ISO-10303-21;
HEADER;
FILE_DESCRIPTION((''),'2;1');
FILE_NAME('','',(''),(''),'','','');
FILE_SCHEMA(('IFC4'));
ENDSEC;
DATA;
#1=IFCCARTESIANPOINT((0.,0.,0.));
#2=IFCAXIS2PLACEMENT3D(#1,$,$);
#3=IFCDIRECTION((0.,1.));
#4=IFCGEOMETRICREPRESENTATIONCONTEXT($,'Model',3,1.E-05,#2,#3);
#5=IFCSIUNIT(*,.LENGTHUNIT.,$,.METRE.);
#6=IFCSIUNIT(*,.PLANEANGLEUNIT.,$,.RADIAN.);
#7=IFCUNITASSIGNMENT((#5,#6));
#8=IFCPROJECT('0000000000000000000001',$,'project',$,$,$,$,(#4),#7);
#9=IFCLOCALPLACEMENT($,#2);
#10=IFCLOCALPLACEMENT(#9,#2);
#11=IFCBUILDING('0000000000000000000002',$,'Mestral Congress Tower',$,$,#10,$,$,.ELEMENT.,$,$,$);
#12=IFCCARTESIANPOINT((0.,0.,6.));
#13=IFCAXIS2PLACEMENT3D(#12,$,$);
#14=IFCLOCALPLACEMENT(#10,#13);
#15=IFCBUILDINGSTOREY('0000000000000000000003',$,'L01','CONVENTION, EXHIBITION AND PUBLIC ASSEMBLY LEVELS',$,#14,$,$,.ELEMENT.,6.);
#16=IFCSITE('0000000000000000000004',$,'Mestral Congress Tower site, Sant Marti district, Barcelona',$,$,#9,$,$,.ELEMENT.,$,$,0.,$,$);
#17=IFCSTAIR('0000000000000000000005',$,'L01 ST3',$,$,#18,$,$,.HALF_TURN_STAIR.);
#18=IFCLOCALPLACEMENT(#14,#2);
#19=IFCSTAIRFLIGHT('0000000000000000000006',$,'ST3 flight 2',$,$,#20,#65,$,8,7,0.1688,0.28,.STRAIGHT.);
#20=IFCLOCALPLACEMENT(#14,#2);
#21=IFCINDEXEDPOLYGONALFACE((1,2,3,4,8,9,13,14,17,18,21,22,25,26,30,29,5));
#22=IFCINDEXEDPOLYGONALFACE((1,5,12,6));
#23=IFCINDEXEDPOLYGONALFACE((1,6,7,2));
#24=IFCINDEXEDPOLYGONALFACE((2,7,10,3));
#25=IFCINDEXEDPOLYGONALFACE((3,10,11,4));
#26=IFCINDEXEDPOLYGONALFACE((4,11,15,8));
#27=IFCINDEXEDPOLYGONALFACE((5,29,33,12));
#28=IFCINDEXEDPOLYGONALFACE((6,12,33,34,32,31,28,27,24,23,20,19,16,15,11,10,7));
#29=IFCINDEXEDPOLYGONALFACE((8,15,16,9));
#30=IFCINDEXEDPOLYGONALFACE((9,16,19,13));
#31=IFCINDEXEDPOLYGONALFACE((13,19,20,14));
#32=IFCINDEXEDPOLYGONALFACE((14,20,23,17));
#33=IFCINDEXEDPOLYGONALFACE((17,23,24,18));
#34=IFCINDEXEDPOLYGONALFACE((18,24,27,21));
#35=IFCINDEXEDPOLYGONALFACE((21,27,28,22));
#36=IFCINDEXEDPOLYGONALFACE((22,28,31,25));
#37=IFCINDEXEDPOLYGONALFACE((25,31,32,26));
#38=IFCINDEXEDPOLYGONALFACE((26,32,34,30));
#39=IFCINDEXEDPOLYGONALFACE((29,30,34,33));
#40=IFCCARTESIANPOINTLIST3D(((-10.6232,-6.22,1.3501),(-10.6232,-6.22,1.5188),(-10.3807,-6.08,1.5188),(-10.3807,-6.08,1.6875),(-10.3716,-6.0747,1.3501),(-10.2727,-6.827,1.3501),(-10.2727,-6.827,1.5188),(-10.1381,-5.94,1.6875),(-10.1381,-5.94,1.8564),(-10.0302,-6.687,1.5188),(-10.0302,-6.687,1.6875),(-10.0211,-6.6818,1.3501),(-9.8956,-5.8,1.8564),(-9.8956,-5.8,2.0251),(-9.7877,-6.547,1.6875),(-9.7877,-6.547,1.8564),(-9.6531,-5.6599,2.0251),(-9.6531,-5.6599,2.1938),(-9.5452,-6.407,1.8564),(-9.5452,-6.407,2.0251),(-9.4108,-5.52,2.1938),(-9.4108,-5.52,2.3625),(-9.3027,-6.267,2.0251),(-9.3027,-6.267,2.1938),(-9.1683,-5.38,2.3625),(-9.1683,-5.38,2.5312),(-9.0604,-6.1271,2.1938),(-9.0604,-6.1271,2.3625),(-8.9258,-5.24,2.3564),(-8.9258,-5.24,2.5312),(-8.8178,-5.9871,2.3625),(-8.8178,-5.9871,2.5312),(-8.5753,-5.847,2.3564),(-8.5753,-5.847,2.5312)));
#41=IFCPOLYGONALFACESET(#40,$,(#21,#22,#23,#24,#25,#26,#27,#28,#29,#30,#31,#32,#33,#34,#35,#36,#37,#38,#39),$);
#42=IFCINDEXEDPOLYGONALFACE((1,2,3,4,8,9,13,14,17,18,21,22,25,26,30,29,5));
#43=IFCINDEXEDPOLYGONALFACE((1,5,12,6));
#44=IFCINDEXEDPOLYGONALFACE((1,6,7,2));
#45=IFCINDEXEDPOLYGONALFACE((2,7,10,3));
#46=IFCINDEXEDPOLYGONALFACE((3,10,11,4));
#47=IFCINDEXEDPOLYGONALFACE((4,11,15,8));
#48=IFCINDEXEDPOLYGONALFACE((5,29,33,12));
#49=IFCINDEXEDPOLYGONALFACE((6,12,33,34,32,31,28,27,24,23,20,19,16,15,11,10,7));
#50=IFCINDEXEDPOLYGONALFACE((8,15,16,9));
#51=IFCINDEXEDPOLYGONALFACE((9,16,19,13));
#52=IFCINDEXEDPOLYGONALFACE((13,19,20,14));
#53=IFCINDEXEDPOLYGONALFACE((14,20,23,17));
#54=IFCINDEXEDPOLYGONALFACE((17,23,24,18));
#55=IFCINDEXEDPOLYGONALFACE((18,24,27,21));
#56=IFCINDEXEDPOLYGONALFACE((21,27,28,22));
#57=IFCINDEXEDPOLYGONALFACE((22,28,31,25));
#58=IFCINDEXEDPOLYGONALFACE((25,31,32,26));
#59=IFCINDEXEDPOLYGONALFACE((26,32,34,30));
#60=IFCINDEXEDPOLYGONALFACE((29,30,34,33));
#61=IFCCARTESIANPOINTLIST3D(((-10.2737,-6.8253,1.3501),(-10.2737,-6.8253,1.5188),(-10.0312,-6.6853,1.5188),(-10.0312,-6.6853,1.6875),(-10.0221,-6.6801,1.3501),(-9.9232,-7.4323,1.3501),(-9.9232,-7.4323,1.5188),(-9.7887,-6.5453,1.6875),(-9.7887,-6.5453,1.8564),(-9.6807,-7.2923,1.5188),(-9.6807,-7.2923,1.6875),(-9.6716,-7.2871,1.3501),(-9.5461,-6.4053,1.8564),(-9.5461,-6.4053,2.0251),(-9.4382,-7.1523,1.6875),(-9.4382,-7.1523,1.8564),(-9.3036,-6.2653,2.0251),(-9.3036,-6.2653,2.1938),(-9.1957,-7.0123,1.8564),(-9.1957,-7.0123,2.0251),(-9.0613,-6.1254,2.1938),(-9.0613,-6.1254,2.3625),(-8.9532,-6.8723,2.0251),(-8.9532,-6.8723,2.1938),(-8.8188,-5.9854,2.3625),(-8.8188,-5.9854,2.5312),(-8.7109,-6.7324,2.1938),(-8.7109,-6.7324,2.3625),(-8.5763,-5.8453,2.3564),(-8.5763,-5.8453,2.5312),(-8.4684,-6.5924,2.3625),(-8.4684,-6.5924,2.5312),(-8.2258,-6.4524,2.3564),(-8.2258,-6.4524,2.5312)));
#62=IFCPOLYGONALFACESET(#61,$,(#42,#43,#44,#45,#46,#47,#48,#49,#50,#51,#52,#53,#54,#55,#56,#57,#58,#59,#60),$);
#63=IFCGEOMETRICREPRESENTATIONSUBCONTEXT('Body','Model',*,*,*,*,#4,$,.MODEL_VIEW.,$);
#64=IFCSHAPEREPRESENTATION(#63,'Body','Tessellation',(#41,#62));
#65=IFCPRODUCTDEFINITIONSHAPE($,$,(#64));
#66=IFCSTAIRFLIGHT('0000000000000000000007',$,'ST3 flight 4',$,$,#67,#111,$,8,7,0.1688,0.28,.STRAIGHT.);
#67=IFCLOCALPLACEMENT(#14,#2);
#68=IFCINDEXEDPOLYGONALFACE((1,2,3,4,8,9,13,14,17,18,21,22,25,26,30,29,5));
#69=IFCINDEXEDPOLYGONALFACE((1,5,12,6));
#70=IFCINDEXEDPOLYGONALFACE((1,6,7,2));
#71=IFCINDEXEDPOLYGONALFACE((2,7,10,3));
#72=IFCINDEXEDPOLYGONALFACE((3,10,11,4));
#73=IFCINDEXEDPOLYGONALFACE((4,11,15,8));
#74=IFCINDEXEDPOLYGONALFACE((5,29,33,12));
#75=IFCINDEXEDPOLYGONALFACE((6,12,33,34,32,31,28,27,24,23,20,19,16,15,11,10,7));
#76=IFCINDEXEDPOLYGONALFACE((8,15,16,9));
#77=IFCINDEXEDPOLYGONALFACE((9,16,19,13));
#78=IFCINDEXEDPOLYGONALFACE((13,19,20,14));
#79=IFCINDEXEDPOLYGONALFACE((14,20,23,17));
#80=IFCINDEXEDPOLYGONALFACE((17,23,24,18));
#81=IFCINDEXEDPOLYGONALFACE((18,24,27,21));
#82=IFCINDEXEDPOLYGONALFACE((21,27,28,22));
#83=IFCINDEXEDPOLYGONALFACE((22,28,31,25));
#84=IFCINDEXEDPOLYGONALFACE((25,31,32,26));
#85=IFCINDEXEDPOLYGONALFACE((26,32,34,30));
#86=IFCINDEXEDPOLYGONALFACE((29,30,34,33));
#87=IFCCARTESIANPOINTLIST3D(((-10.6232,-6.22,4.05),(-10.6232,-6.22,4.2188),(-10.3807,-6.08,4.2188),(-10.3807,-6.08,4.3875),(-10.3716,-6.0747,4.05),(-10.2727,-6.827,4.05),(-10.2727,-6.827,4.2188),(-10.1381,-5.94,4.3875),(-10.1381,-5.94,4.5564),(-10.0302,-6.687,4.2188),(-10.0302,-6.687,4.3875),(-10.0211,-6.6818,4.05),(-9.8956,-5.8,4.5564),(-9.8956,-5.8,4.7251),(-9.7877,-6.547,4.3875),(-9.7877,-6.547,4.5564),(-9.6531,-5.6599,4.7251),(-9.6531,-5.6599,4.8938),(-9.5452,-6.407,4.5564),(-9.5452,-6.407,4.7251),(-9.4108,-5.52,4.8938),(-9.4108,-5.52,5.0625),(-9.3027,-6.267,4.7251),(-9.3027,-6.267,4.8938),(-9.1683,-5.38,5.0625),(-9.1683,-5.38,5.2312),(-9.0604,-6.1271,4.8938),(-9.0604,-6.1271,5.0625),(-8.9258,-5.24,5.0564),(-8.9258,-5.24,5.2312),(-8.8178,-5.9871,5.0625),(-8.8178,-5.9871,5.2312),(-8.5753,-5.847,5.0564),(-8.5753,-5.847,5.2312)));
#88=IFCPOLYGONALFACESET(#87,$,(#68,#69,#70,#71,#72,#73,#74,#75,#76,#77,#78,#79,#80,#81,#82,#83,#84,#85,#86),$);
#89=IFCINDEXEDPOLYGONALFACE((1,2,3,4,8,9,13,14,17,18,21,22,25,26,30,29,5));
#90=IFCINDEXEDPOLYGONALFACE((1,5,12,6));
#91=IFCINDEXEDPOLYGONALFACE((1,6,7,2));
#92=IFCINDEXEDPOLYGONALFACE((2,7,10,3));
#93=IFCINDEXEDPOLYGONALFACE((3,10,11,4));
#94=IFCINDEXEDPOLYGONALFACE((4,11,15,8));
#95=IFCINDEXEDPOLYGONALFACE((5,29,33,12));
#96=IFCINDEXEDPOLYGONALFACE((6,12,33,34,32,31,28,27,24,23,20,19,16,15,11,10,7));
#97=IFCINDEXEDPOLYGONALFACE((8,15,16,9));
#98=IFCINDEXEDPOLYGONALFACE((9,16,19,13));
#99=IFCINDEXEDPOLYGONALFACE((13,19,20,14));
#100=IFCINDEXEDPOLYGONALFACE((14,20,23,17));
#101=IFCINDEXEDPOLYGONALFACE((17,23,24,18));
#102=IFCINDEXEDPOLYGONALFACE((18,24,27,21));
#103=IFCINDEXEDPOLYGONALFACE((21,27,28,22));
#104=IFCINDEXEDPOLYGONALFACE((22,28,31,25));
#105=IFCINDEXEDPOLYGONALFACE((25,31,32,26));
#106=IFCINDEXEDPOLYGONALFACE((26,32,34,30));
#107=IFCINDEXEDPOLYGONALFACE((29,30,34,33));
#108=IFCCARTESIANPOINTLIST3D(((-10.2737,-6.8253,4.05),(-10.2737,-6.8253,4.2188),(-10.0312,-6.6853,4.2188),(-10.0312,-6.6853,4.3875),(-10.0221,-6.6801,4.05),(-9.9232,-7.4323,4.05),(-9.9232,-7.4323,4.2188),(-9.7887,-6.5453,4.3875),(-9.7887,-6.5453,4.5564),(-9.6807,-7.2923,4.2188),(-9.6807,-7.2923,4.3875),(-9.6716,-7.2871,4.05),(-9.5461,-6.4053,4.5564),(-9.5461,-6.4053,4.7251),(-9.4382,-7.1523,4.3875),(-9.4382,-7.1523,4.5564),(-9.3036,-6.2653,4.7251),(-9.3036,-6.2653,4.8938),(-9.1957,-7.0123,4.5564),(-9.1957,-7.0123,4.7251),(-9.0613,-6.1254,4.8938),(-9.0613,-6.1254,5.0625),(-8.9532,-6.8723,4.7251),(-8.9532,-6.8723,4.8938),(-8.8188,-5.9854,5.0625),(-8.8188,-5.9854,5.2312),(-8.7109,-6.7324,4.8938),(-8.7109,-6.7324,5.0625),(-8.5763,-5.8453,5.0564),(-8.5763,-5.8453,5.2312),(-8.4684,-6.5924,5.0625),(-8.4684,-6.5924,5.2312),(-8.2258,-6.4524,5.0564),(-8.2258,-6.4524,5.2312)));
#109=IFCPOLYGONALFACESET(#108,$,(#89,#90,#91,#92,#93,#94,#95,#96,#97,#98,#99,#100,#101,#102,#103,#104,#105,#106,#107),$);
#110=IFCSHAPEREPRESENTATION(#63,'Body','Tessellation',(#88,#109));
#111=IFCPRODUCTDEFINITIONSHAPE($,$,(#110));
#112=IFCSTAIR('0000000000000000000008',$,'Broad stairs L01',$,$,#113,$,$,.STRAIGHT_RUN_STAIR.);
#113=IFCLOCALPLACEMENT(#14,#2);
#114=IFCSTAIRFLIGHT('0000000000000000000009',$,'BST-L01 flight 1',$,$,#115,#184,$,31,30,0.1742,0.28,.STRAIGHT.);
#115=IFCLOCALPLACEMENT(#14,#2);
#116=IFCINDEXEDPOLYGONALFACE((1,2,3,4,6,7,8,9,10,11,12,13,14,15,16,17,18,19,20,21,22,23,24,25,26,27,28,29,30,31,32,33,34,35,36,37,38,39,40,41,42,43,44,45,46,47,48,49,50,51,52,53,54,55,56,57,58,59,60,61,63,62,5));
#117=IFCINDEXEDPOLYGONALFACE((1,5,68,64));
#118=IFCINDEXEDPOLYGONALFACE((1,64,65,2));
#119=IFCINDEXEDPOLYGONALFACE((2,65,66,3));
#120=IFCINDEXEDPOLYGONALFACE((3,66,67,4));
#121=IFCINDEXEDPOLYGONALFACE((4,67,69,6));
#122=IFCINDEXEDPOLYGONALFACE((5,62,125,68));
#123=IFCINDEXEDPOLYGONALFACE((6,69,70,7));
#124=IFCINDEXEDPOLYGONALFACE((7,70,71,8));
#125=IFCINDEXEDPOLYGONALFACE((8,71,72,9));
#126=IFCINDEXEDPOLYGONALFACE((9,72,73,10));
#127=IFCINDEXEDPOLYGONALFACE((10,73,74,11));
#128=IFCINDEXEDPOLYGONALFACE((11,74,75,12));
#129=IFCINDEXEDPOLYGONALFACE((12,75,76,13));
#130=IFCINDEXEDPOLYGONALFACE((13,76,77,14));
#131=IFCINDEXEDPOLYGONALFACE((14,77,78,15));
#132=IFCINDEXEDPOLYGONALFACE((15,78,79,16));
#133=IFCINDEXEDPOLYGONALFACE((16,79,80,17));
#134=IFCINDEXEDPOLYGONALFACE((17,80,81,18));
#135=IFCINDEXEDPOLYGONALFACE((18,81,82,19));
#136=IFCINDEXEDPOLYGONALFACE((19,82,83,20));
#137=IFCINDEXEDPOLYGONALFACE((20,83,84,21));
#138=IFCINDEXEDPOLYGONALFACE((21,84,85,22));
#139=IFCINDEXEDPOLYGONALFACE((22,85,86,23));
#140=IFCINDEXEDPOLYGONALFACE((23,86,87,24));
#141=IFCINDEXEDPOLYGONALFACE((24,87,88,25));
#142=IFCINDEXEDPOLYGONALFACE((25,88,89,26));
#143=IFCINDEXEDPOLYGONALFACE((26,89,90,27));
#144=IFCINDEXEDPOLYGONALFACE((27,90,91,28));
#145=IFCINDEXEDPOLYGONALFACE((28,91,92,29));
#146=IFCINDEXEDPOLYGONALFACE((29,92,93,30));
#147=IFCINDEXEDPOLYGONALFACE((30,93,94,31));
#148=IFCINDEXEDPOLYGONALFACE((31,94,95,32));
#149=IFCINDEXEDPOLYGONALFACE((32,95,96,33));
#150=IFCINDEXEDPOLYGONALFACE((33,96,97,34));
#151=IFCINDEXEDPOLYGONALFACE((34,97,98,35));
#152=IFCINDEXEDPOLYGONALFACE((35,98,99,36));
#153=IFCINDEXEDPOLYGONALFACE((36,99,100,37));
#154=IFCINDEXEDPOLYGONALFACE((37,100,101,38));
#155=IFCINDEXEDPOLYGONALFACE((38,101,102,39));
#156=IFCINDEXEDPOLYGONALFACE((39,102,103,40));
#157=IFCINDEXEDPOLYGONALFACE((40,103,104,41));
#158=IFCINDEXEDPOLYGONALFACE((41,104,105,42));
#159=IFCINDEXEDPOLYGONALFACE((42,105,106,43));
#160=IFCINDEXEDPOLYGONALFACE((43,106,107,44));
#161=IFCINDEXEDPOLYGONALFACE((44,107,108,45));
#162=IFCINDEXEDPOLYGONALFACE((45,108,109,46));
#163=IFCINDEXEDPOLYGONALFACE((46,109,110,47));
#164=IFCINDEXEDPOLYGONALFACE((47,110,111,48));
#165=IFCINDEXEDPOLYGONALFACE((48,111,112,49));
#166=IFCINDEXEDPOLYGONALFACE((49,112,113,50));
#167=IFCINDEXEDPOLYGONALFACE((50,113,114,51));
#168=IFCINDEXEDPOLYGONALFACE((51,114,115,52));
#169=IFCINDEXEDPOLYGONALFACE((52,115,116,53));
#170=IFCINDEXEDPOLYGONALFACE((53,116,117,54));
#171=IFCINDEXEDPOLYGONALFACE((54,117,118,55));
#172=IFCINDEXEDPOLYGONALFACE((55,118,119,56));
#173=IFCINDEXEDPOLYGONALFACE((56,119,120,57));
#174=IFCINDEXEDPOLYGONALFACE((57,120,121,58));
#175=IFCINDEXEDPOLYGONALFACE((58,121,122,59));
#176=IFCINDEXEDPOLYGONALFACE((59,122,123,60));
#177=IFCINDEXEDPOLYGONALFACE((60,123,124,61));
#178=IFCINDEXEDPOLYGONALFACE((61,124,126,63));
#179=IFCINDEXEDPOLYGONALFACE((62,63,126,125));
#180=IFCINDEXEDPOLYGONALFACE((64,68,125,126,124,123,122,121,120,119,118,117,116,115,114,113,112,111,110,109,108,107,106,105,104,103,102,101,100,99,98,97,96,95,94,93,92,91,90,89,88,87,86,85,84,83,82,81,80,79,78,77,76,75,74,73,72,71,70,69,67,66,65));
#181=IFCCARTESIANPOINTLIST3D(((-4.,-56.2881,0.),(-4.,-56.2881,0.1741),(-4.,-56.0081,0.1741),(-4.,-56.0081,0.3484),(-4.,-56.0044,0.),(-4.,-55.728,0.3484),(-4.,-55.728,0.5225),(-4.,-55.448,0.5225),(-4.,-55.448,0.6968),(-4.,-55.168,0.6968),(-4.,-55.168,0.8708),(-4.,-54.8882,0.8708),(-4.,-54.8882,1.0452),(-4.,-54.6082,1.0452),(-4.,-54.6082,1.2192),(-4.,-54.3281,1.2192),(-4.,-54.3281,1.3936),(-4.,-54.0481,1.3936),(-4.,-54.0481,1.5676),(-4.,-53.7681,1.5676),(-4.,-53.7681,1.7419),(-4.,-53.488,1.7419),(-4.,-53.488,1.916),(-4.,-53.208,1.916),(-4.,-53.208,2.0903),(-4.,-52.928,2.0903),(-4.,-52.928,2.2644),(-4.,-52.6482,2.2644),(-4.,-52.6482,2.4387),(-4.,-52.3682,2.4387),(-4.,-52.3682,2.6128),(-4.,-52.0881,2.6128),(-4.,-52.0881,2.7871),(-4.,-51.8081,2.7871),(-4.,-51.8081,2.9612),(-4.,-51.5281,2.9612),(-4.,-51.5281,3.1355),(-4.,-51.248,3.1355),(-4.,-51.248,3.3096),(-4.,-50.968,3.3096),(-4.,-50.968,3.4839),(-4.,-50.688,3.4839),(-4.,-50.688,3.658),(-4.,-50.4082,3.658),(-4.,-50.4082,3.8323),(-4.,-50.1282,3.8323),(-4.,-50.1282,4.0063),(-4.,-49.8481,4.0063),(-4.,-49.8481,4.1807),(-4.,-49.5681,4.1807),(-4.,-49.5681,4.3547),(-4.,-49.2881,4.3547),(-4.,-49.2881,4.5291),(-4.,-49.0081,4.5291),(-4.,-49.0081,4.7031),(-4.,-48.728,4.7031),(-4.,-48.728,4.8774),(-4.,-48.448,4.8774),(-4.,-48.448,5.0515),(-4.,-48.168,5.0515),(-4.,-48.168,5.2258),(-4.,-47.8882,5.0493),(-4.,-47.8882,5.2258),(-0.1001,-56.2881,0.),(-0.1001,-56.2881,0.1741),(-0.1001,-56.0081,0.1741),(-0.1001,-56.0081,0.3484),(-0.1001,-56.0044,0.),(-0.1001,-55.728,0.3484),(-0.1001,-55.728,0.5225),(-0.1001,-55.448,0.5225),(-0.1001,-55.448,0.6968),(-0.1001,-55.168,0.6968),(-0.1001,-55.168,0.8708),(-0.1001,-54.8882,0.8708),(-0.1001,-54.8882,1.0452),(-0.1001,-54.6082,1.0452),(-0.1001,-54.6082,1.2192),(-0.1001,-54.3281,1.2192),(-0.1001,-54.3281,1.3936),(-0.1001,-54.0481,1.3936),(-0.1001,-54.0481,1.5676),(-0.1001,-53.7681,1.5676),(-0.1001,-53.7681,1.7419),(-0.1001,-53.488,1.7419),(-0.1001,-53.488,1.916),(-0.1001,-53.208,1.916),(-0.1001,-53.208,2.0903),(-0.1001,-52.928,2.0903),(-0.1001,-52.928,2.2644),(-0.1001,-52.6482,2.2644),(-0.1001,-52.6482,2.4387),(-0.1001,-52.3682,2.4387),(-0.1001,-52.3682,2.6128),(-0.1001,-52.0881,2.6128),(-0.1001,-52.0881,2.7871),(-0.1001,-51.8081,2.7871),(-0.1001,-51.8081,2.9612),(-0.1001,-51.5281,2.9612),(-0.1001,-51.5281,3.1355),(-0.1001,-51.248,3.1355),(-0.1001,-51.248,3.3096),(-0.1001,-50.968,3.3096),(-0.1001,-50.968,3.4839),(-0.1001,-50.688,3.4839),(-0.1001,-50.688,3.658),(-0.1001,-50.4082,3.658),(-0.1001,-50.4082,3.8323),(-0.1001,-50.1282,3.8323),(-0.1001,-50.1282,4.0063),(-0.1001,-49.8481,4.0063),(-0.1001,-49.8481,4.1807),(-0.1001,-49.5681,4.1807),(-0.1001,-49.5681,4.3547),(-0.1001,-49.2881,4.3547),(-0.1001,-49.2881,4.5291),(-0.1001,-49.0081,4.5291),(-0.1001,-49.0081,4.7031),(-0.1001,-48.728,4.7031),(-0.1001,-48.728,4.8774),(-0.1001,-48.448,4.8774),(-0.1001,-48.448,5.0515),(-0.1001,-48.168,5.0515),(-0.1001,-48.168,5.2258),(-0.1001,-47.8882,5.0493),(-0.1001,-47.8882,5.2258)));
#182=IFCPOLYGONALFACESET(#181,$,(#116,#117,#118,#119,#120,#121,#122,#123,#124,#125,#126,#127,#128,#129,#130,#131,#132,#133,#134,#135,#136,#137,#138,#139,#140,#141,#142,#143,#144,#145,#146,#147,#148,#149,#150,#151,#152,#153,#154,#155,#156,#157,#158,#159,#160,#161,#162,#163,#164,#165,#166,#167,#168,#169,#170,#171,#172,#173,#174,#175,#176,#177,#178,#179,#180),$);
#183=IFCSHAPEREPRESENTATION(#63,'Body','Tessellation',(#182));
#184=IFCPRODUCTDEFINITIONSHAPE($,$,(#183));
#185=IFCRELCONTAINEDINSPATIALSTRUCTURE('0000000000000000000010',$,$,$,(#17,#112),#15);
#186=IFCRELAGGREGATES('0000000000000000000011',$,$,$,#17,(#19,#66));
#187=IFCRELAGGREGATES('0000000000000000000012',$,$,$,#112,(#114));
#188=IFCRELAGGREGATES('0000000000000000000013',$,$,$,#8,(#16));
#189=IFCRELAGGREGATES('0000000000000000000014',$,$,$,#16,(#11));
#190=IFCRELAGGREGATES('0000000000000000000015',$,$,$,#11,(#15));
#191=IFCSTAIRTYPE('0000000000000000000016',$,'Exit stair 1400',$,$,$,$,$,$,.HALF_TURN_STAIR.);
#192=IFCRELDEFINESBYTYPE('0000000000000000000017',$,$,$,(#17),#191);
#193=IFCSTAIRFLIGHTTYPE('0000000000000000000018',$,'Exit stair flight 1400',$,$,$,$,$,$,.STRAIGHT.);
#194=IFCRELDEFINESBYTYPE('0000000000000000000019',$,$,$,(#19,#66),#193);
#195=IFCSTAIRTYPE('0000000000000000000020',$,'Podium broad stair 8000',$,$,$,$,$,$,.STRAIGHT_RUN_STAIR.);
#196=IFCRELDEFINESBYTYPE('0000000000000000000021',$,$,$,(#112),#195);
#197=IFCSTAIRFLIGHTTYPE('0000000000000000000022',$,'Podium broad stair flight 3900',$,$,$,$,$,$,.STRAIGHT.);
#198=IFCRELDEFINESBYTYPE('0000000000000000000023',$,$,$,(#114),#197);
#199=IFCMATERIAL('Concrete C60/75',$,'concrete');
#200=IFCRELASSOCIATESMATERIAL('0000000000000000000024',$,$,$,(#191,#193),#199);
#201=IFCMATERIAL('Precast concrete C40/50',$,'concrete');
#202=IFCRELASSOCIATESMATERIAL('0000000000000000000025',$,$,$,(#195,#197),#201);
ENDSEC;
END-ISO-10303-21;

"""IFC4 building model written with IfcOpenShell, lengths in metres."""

from ifc_helpers import new_model, si_unit, direction, frame, origin, place, context, subcontext, project, spatial, polyline, outline, extrude, material, type_object, element, aggregate, save


model = new_model("IFC4")

# Units and contexts
model_context = context("Model", 3, precision=1e-05, world=origin(), true_north=direction((0.0, 1.0)))
body_context = subcontext(model_context, "Body", "Model", "MODEL_VIEW")
ifc_project = project(units=[si_unit("LENGTHUNIT", "METRE"), si_unit("PLANEANGLEUNIT", "RADIAN")], contexts=[model_context])

# Site, building, storey
site_placement = place(None, origin())
site = spatial("IfcSite", under=ifc_project, at=site_placement, Name="Mestral Congress Tower site, Sant Marti district, Barcelona", CompositionType="ELEMENT", RefElevation=0.0)
building_placement = place(site_placement, origin())
building = spatial("IfcBuilding", under=site, at=building_placement, Name="Mestral Congress Tower", CompositionType="ELEMENT")
storey_placement = place(building_placement, frame((0.0, 0.0, 6.0)))
storey = spatial("IfcBuildingStorey", under=building, at=storey_placement, Name="L01", Description="CONVENTION, EXHIBITION AND PUBLIC ASSEMBLY LEVELS", CompositionType="ELEMENT", Elevation=6.0)

# Shared definitions
ifc_material_1 = material(Name="Concrete C60/75", Category="concrete")

# Stair, stair flights
stair_type_1 = type_object("IfcStairType", Name="Exit stair 1400", PredefinedType="HALF_TURN_STAIR", material=ifc_material_1)
placement = place(storey_placement, origin())
stair_1 = element("IfcStair", 1, at=placement, inside=storey, type_object=stair_type_1, Name="L01 ST3", PredefinedType="HALF_TURN_STAIR")
stair_flight_type_1 = type_object("IfcStairFlightType", Name="Exit stair flight 1400", PredefinedType="STRAIGHT", material=ifc_material_1)
stair_flight_1_placement = place(storey_placement, frame((-10.2732, -6.8262, 1.3501), z_axis=(0.0, 0.0, 1.0), x_axis=(0.866025, 0.5, 0.0)))
stair_flight_1 = element("IfcStairFlight", 2, at=stair_flight_1_placement, type_object=stair_flight_type_1, Name="ST3 flight 2", NumberOfRisers=8, NumberOfTreads=7, PredefinedType="STRAIGHT", RiserHeight=0.1688, TreadLength=0.28, context=body_context, shape_type="SweptSolid", body=[
    extrude(outline(polyline([(0.0, 0.0), (0.0, 0.1687), (0.28, 0.1687), (0.28, 0.3374), (0.5601, 0.3374), (0.5601, 0.5063), (0.8401, 0.5063), (0.8401, 0.675), (1.1201, 0.675), (1.1201, 0.8438), (1.3999, 0.8438), (1.3999, 1.0125), (1.6799, 1.0125), (1.6799, 1.1812), (1.96, 1.1812), (1.96, 1.3501), (1.96, 1.0063), (0.2905, 0.0), (0.0, 0.0)])), frame((0.0, 0.7, 0.0), z_axis=(0.0, -1.0, 0.0), x_axis=(1.0, 0.0, 0.0)), (0.0, 0.0, 1.0), 0.7009),
    extrude(outline(polyline([(0.0, 0.0), (0.0, 0.1687), (0.28, 0.1687), (0.28, 0.3374), (0.5601, 0.3374), (0.5601, 0.5063), (0.8401, 0.5063), (0.8401, 0.675), (1.1201, 0.675), (1.1201, 0.8438), (1.3999, 0.8438), (1.3999, 1.0125), (1.6799, 1.0125), (1.6799, 1.1812), (1.96, 1.1812), (1.96, 1.3501), (1.96, 1.0063), (0.2905, 0.0), (0.0, 0.0)])), frame((0.0, 0.001, 0.0), z_axis=(0.0, -1.0, 0.0), x_axis=(1.0, 0.0, 0.0)), (0.0, 0.0, 1.0), 0.7009),
])
stair_flight_2_placement = place(storey_placement, frame((-10.2732, -6.8262, 4.05), z_axis=(0.0, 0.0, 1.0), x_axis=(0.866025, 0.5, 0.0)))
stair_flight_2 = element("IfcStairFlight", 3, at=stair_flight_2_placement, type_object=stair_flight_type_1, Name="ST3 flight 4", NumberOfRisers=8, NumberOfTreads=7, PredefinedType="STRAIGHT", RiserHeight=0.1688, TreadLength=0.28, context=body_context, shape_type="SweptSolid", body=[
    extrude(outline(polyline([(0.0, 0.0), (0.0, 0.1687), (0.28, 0.1687), (0.28, 0.3374), (0.5601, 0.3374), (0.5601, 0.5063), (0.8401, 0.5063), (0.8401, 0.675), (1.1201, 0.675), (1.1201, 0.8438), (1.3999, 0.8438), (1.3999, 1.0125), (1.6799, 1.0125), (1.6799, 1.1812), (1.96, 1.1812), (1.96, 1.3501), (1.96, 1.0063), (0.2905, 0.0), (0.0, 0.0)])), frame((0.0, 0.7, 0.0), z_axis=(0.0, -1.0, 0.0), x_axis=(1.0, 0.0, 0.0)), (0.0, 0.0, 1.0), 0.7009),
    extrude(outline(polyline([(0.0, 0.0), (0.0, 0.1687), (0.28, 0.1687), (0.28, 0.3374), (0.5601, 0.3374), (0.5601, 0.5063), (0.8401, 0.5063), (0.8401, 0.675), (1.1201, 0.675), (1.1201, 0.8438), (1.3999, 0.8438), (1.3999, 1.0125), (1.6799, 1.0125), (1.6799, 1.1812), (1.96, 1.1812), (1.96, 1.3501), (1.96, 1.0063), (0.2905, 0.0), (0.0, 0.0)])), frame((0.0, 0.001, 0.0), z_axis=(0.0, -1.0, 0.0), x_axis=(1.0, 0.0, 0.0)), (0.0, 0.0, 1.0), 0.7009),
])
aggregate(stair_1, [stair_flight_1, stair_flight_2])

# Stair, stair flight
ifc_material_2 = material(Name="Precast concrete C40/50", Category="concrete")
stair_type_2 = type_object("IfcStairType", Name="Podium broad stair 8000", PredefinedType="STRAIGHT_RUN_STAIR", material=ifc_material_2)
stair_2 = element("IfcStair", 4, at=placement, inside=storey, type_object=stair_type_2, Name="Broad stairs L01", PredefinedType="STRAIGHT_RUN_STAIR")
stair_flight_type_2 = type_object("IfcStairFlightType", Name="Podium broad stair flight 3900", PredefinedType="STRAIGHT", material=ifc_material_2)
stair_flight_3_placement = place(storey_placement, frame((-2.05, -56.2881, 0.0), z_axis=(0.0, 0.0, 1.0), x_axis=(0.0, 1.0, 0.0)))
stair_flight_3 = element("IfcStairFlight", 5, at=stair_flight_3_placement, type_object=stair_flight_type_2, Name="BST-L01 flight 1", NumberOfRisers=31, NumberOfTreads=30, PredefinedType="STRAIGHT", RiserHeight=0.1742, TreadLength=0.28, context=body_context, shape_type="SweptSolid", body=[
    extrude(outline(polyline([(0.0, 0.0), (0.0, 0.1741), (0.28, 0.1741), (0.28, 0.3484), (0.5601, 0.3484), (0.5601, 0.5225), (0.8401, 0.5225), (0.8401, 0.6968), (1.1201, 0.6968), (1.1201, 0.8708), (1.3999, 0.8708), (1.3999, 1.0452), (1.6799, 1.0452), (1.6799, 1.2192), (1.96, 1.2192), (1.96, 1.3936), (2.24, 1.3936), (2.24, 1.5676), (2.52, 1.5676), (2.52, 1.7419), (2.8, 1.7419), (2.8, 1.916), (3.0801, 1.916), (3.0801, 2.0903), (3.3601, 2.0903), (3.3601, 2.2644), (3.6399, 2.2644), (3.6399, 2.4387), (3.9199, 2.4387), (3.9199, 2.6128), (4.2, 2.6128), (4.2, 2.7871), (4.48, 2.7871), (4.48, 2.9612), (4.76, 2.9612), (4.76, 3.1355), (5.04, 3.1355), (5.04, 3.3096), (5.3201, 3.3096), (5.3201, 3.4839), (5.6001, 3.4839), (5.6001, 3.658), (5.8799, 3.658), (5.8799, 3.8323), (6.1599, 3.8323), (6.1599, 4.0063), (6.4399, 4.0063), (6.4399, 4.1807), (6.72, 4.1807), (6.72, 4.3547), (7.0, 4.3547), (7.0, 4.5291), (7.28, 4.5291), (7.28, 4.7031), (7.5601, 4.7031), (7.5601, 4.8774), (7.8401, 4.8774), (7.8401, 5.0515), (8.1201, 5.0515), (8.1201, 5.2258), (8.3999, 5.2258), (8.3999, 5.3999), (8.3999, 5.0493), (0.2837, 0.0), (0.0, 0.0)])), frame((0.0, 1.95, 0.0), z_axis=(0.0, -1.0, 0.0), x_axis=(1.0, 0.0, 0.0)), (0.0, 0.0, 1.0), 3.8999),
])
aggregate(stair_2, [stair_flight_3])

save(model, "model.ifc")
